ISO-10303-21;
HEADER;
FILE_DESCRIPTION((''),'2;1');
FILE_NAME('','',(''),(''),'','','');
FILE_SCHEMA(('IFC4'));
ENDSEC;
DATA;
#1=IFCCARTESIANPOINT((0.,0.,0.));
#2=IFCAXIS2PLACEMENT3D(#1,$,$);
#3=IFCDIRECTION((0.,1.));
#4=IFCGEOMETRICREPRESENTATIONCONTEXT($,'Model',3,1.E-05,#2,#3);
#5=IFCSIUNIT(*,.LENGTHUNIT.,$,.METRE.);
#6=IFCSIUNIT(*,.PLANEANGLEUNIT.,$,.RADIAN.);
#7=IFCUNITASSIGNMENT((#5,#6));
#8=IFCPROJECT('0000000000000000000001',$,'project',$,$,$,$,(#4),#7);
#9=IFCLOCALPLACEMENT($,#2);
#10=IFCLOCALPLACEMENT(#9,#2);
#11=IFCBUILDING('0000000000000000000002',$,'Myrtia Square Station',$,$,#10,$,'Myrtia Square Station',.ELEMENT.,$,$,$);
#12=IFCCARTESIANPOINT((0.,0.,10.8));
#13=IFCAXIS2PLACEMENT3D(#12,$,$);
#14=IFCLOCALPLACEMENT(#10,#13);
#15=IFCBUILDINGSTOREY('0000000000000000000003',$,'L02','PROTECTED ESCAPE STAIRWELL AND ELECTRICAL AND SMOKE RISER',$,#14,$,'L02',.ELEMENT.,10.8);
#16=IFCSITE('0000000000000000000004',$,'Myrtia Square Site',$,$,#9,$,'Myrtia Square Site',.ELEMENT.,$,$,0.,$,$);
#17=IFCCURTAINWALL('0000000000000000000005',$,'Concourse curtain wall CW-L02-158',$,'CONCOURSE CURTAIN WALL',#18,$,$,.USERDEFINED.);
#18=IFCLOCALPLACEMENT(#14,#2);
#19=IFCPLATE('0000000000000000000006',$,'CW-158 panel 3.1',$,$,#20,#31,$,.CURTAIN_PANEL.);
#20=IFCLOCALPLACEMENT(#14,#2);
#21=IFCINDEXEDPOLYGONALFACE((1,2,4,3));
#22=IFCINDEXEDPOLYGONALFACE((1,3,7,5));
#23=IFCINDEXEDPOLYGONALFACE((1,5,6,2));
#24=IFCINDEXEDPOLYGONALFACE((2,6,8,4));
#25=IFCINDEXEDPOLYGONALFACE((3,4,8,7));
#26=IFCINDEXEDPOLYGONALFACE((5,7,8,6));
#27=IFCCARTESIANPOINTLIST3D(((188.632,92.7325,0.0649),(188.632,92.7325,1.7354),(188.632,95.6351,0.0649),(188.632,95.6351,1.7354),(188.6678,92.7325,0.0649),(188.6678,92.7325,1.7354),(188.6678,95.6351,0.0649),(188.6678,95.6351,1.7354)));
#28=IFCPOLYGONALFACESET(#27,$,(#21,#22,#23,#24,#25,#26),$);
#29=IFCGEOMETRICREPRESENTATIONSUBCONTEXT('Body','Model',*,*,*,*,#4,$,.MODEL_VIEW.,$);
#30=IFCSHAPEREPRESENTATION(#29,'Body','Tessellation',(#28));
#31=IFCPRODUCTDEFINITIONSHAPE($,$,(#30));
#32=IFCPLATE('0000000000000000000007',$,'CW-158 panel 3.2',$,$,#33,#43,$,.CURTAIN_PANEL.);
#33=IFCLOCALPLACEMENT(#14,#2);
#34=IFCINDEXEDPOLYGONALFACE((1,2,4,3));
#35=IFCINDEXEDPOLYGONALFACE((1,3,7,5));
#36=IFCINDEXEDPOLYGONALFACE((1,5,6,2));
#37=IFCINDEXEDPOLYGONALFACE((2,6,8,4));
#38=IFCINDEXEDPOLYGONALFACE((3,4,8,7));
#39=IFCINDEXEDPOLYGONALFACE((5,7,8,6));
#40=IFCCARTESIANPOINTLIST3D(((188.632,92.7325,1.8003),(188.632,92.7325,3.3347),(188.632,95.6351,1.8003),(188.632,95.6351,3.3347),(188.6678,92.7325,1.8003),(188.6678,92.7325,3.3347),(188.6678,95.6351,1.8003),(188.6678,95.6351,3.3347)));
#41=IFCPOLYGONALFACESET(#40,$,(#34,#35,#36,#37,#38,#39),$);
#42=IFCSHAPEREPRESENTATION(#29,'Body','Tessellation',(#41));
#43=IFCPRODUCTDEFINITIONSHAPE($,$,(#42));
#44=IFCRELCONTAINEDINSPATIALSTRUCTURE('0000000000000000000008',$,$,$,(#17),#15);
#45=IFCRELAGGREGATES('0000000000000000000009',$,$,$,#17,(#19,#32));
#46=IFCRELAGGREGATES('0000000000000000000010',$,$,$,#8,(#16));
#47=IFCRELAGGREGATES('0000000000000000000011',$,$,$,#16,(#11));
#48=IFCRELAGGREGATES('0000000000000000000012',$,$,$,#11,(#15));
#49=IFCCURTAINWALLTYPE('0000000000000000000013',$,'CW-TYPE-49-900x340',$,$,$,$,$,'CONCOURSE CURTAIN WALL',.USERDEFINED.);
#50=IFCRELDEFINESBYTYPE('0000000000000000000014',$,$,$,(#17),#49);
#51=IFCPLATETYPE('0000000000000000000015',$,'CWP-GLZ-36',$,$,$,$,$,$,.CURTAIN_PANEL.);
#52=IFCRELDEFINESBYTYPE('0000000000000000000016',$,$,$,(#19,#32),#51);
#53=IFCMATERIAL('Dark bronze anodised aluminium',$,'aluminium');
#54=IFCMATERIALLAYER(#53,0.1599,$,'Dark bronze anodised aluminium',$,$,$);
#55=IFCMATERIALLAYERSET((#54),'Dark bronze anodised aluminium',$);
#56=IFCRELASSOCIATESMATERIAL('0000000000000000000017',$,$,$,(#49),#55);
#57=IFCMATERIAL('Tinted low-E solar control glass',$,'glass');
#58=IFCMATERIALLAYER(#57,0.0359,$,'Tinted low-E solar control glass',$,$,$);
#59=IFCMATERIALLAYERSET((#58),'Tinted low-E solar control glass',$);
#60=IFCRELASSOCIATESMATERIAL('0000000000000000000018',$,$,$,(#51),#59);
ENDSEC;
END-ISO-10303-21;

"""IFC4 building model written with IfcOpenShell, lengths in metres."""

from ifc_helpers import new_model, si_unit, direction, frame, origin, origin_2d, place, context, subcontext, project, spatial, rectangle, extrude, material, layer, layer_set, type_object, element, aggregate, save


model = new_model("IFC4")

# Units and contexts
model_context = context("Model", 3, precision=1e-05, world=origin(), true_north=direction((0.0, 1.0)))
body_context = subcontext(model_context, "Body", "Model", "MODEL_VIEW")
ifc_project = project(units=[si_unit("LENGTHUNIT", "METRE"), si_unit("PLANEANGLEUNIT", "RADIAN")], contexts=[model_context])

# Site, building, storey
site_placement = place(None, origin())
site = spatial("IfcSite", under=ifc_project, at=site_placement, Name="Myrtia Square Site", LongName="Myrtia Square Site", CompositionType="ELEMENT", RefElevation=0.0)
building_placement = place(site_placement, origin())
building = spatial("IfcBuilding", under=site, at=building_placement, Name="Myrtia Square Station", LongName="Myrtia Square Station", CompositionType="ELEMENT")
storey_placement = place(building_placement, frame((0.0, 0.0, 10.8)))
storey = spatial("IfcBuildingStorey", under=building, at=storey_placement, Name="L02", Description="PROTECTED ESCAPE STAIRWELL AND ELECTRICAL AND SMOKE RISER", LongName="L02", CompositionType="ELEMENT", Elevation=10.8)

# Curtain wall
ifc_material_1 = material(Name="Dark bronze anodised aluminium", Category="aluminium")
ifc_layer_1 = layer(ifc_material_1, 0.1599, Name="Dark bronze anodised aluminium")
ifc_layer_set_1 = layer_set([ifc_layer_1], Name="Dark bronze anodised aluminium")
curtain_wall_type = type_object("IfcCurtainWallType", Name="CW-TYPE-49-900x340", ElementType="CONCOURSE CURTAIN WALL", PredefinedType="USERDEFINED", material=ifc_layer_set_1)
curtain_wall_1_placement = place(storey_placement, origin())
curtain_wall_1 = element("IfcCurtainWall", 1, at=curtain_wall_1_placement, inside=storey, type_object=curtain_wall_type, Name="Concourse curtain wall CW-L02-158", ObjectType="CONCOURSE CURTAIN WALL", PredefinedType="USERDEFINED")

# Plates
ifc_material_2 = material(Name="Tinted low-E solar control glass", Category="glass")
ifc_layer_2 = layer(ifc_material_2, 0.0359, Name="Tinted low-E solar control glass")
ifc_layer_set_2 = layer_set([ifc_layer_2], Name="Tinted low-E solar control glass")
plate_type_1 = type_object("IfcPlateType", Name="CWP-GLZ-36", PredefinedType="CURTAIN_PANEL", material=ifc_layer_set_2)
plate_1_placement = place(storey_placement, frame((188.6499, 94.1838, 0.0649), z_axis=(0.0, 0.0, 1.0), x_axis=(0.0, 1.0, 0.0)))
plate_1 = element("IfcPlate", 2, at=plate_1_placement, type_object=plate_type_1, Name="CW-158 panel 3.1", PredefinedType="CURTAIN_PANEL", context=body_context, shape_type="SweptSolid", body=[
    extrude(rectangle(XDim=2.9026, YDim=0.0359, at=origin_2d()), origin(), (0.0, 0.0, 1.0), 1.6704),
])
plate_2_placement = place(storey_placement, frame((188.6499, 94.1838, 1.8003), z_axis=(0.0, 0.0, 1.0), x_axis=(0.0, 1.0, 0.0)))
plate_2 = element("IfcPlate", 3, at=plate_2_placement, type_object=plate_type_1, Name="CW-158 panel 3.2", PredefinedType="CURTAIN_PANEL", context=body_context, shape_type="SweptSolid", body=[
    extrude(rectangle(XDim=2.9026, YDim=0.0359, at=origin_2d()), origin(), (0.0, 0.0, 1.0), 1.5344),
])
aggregate(curtain_wall_1, [plate_1, plate_2])

save(model, "model.ifc")
